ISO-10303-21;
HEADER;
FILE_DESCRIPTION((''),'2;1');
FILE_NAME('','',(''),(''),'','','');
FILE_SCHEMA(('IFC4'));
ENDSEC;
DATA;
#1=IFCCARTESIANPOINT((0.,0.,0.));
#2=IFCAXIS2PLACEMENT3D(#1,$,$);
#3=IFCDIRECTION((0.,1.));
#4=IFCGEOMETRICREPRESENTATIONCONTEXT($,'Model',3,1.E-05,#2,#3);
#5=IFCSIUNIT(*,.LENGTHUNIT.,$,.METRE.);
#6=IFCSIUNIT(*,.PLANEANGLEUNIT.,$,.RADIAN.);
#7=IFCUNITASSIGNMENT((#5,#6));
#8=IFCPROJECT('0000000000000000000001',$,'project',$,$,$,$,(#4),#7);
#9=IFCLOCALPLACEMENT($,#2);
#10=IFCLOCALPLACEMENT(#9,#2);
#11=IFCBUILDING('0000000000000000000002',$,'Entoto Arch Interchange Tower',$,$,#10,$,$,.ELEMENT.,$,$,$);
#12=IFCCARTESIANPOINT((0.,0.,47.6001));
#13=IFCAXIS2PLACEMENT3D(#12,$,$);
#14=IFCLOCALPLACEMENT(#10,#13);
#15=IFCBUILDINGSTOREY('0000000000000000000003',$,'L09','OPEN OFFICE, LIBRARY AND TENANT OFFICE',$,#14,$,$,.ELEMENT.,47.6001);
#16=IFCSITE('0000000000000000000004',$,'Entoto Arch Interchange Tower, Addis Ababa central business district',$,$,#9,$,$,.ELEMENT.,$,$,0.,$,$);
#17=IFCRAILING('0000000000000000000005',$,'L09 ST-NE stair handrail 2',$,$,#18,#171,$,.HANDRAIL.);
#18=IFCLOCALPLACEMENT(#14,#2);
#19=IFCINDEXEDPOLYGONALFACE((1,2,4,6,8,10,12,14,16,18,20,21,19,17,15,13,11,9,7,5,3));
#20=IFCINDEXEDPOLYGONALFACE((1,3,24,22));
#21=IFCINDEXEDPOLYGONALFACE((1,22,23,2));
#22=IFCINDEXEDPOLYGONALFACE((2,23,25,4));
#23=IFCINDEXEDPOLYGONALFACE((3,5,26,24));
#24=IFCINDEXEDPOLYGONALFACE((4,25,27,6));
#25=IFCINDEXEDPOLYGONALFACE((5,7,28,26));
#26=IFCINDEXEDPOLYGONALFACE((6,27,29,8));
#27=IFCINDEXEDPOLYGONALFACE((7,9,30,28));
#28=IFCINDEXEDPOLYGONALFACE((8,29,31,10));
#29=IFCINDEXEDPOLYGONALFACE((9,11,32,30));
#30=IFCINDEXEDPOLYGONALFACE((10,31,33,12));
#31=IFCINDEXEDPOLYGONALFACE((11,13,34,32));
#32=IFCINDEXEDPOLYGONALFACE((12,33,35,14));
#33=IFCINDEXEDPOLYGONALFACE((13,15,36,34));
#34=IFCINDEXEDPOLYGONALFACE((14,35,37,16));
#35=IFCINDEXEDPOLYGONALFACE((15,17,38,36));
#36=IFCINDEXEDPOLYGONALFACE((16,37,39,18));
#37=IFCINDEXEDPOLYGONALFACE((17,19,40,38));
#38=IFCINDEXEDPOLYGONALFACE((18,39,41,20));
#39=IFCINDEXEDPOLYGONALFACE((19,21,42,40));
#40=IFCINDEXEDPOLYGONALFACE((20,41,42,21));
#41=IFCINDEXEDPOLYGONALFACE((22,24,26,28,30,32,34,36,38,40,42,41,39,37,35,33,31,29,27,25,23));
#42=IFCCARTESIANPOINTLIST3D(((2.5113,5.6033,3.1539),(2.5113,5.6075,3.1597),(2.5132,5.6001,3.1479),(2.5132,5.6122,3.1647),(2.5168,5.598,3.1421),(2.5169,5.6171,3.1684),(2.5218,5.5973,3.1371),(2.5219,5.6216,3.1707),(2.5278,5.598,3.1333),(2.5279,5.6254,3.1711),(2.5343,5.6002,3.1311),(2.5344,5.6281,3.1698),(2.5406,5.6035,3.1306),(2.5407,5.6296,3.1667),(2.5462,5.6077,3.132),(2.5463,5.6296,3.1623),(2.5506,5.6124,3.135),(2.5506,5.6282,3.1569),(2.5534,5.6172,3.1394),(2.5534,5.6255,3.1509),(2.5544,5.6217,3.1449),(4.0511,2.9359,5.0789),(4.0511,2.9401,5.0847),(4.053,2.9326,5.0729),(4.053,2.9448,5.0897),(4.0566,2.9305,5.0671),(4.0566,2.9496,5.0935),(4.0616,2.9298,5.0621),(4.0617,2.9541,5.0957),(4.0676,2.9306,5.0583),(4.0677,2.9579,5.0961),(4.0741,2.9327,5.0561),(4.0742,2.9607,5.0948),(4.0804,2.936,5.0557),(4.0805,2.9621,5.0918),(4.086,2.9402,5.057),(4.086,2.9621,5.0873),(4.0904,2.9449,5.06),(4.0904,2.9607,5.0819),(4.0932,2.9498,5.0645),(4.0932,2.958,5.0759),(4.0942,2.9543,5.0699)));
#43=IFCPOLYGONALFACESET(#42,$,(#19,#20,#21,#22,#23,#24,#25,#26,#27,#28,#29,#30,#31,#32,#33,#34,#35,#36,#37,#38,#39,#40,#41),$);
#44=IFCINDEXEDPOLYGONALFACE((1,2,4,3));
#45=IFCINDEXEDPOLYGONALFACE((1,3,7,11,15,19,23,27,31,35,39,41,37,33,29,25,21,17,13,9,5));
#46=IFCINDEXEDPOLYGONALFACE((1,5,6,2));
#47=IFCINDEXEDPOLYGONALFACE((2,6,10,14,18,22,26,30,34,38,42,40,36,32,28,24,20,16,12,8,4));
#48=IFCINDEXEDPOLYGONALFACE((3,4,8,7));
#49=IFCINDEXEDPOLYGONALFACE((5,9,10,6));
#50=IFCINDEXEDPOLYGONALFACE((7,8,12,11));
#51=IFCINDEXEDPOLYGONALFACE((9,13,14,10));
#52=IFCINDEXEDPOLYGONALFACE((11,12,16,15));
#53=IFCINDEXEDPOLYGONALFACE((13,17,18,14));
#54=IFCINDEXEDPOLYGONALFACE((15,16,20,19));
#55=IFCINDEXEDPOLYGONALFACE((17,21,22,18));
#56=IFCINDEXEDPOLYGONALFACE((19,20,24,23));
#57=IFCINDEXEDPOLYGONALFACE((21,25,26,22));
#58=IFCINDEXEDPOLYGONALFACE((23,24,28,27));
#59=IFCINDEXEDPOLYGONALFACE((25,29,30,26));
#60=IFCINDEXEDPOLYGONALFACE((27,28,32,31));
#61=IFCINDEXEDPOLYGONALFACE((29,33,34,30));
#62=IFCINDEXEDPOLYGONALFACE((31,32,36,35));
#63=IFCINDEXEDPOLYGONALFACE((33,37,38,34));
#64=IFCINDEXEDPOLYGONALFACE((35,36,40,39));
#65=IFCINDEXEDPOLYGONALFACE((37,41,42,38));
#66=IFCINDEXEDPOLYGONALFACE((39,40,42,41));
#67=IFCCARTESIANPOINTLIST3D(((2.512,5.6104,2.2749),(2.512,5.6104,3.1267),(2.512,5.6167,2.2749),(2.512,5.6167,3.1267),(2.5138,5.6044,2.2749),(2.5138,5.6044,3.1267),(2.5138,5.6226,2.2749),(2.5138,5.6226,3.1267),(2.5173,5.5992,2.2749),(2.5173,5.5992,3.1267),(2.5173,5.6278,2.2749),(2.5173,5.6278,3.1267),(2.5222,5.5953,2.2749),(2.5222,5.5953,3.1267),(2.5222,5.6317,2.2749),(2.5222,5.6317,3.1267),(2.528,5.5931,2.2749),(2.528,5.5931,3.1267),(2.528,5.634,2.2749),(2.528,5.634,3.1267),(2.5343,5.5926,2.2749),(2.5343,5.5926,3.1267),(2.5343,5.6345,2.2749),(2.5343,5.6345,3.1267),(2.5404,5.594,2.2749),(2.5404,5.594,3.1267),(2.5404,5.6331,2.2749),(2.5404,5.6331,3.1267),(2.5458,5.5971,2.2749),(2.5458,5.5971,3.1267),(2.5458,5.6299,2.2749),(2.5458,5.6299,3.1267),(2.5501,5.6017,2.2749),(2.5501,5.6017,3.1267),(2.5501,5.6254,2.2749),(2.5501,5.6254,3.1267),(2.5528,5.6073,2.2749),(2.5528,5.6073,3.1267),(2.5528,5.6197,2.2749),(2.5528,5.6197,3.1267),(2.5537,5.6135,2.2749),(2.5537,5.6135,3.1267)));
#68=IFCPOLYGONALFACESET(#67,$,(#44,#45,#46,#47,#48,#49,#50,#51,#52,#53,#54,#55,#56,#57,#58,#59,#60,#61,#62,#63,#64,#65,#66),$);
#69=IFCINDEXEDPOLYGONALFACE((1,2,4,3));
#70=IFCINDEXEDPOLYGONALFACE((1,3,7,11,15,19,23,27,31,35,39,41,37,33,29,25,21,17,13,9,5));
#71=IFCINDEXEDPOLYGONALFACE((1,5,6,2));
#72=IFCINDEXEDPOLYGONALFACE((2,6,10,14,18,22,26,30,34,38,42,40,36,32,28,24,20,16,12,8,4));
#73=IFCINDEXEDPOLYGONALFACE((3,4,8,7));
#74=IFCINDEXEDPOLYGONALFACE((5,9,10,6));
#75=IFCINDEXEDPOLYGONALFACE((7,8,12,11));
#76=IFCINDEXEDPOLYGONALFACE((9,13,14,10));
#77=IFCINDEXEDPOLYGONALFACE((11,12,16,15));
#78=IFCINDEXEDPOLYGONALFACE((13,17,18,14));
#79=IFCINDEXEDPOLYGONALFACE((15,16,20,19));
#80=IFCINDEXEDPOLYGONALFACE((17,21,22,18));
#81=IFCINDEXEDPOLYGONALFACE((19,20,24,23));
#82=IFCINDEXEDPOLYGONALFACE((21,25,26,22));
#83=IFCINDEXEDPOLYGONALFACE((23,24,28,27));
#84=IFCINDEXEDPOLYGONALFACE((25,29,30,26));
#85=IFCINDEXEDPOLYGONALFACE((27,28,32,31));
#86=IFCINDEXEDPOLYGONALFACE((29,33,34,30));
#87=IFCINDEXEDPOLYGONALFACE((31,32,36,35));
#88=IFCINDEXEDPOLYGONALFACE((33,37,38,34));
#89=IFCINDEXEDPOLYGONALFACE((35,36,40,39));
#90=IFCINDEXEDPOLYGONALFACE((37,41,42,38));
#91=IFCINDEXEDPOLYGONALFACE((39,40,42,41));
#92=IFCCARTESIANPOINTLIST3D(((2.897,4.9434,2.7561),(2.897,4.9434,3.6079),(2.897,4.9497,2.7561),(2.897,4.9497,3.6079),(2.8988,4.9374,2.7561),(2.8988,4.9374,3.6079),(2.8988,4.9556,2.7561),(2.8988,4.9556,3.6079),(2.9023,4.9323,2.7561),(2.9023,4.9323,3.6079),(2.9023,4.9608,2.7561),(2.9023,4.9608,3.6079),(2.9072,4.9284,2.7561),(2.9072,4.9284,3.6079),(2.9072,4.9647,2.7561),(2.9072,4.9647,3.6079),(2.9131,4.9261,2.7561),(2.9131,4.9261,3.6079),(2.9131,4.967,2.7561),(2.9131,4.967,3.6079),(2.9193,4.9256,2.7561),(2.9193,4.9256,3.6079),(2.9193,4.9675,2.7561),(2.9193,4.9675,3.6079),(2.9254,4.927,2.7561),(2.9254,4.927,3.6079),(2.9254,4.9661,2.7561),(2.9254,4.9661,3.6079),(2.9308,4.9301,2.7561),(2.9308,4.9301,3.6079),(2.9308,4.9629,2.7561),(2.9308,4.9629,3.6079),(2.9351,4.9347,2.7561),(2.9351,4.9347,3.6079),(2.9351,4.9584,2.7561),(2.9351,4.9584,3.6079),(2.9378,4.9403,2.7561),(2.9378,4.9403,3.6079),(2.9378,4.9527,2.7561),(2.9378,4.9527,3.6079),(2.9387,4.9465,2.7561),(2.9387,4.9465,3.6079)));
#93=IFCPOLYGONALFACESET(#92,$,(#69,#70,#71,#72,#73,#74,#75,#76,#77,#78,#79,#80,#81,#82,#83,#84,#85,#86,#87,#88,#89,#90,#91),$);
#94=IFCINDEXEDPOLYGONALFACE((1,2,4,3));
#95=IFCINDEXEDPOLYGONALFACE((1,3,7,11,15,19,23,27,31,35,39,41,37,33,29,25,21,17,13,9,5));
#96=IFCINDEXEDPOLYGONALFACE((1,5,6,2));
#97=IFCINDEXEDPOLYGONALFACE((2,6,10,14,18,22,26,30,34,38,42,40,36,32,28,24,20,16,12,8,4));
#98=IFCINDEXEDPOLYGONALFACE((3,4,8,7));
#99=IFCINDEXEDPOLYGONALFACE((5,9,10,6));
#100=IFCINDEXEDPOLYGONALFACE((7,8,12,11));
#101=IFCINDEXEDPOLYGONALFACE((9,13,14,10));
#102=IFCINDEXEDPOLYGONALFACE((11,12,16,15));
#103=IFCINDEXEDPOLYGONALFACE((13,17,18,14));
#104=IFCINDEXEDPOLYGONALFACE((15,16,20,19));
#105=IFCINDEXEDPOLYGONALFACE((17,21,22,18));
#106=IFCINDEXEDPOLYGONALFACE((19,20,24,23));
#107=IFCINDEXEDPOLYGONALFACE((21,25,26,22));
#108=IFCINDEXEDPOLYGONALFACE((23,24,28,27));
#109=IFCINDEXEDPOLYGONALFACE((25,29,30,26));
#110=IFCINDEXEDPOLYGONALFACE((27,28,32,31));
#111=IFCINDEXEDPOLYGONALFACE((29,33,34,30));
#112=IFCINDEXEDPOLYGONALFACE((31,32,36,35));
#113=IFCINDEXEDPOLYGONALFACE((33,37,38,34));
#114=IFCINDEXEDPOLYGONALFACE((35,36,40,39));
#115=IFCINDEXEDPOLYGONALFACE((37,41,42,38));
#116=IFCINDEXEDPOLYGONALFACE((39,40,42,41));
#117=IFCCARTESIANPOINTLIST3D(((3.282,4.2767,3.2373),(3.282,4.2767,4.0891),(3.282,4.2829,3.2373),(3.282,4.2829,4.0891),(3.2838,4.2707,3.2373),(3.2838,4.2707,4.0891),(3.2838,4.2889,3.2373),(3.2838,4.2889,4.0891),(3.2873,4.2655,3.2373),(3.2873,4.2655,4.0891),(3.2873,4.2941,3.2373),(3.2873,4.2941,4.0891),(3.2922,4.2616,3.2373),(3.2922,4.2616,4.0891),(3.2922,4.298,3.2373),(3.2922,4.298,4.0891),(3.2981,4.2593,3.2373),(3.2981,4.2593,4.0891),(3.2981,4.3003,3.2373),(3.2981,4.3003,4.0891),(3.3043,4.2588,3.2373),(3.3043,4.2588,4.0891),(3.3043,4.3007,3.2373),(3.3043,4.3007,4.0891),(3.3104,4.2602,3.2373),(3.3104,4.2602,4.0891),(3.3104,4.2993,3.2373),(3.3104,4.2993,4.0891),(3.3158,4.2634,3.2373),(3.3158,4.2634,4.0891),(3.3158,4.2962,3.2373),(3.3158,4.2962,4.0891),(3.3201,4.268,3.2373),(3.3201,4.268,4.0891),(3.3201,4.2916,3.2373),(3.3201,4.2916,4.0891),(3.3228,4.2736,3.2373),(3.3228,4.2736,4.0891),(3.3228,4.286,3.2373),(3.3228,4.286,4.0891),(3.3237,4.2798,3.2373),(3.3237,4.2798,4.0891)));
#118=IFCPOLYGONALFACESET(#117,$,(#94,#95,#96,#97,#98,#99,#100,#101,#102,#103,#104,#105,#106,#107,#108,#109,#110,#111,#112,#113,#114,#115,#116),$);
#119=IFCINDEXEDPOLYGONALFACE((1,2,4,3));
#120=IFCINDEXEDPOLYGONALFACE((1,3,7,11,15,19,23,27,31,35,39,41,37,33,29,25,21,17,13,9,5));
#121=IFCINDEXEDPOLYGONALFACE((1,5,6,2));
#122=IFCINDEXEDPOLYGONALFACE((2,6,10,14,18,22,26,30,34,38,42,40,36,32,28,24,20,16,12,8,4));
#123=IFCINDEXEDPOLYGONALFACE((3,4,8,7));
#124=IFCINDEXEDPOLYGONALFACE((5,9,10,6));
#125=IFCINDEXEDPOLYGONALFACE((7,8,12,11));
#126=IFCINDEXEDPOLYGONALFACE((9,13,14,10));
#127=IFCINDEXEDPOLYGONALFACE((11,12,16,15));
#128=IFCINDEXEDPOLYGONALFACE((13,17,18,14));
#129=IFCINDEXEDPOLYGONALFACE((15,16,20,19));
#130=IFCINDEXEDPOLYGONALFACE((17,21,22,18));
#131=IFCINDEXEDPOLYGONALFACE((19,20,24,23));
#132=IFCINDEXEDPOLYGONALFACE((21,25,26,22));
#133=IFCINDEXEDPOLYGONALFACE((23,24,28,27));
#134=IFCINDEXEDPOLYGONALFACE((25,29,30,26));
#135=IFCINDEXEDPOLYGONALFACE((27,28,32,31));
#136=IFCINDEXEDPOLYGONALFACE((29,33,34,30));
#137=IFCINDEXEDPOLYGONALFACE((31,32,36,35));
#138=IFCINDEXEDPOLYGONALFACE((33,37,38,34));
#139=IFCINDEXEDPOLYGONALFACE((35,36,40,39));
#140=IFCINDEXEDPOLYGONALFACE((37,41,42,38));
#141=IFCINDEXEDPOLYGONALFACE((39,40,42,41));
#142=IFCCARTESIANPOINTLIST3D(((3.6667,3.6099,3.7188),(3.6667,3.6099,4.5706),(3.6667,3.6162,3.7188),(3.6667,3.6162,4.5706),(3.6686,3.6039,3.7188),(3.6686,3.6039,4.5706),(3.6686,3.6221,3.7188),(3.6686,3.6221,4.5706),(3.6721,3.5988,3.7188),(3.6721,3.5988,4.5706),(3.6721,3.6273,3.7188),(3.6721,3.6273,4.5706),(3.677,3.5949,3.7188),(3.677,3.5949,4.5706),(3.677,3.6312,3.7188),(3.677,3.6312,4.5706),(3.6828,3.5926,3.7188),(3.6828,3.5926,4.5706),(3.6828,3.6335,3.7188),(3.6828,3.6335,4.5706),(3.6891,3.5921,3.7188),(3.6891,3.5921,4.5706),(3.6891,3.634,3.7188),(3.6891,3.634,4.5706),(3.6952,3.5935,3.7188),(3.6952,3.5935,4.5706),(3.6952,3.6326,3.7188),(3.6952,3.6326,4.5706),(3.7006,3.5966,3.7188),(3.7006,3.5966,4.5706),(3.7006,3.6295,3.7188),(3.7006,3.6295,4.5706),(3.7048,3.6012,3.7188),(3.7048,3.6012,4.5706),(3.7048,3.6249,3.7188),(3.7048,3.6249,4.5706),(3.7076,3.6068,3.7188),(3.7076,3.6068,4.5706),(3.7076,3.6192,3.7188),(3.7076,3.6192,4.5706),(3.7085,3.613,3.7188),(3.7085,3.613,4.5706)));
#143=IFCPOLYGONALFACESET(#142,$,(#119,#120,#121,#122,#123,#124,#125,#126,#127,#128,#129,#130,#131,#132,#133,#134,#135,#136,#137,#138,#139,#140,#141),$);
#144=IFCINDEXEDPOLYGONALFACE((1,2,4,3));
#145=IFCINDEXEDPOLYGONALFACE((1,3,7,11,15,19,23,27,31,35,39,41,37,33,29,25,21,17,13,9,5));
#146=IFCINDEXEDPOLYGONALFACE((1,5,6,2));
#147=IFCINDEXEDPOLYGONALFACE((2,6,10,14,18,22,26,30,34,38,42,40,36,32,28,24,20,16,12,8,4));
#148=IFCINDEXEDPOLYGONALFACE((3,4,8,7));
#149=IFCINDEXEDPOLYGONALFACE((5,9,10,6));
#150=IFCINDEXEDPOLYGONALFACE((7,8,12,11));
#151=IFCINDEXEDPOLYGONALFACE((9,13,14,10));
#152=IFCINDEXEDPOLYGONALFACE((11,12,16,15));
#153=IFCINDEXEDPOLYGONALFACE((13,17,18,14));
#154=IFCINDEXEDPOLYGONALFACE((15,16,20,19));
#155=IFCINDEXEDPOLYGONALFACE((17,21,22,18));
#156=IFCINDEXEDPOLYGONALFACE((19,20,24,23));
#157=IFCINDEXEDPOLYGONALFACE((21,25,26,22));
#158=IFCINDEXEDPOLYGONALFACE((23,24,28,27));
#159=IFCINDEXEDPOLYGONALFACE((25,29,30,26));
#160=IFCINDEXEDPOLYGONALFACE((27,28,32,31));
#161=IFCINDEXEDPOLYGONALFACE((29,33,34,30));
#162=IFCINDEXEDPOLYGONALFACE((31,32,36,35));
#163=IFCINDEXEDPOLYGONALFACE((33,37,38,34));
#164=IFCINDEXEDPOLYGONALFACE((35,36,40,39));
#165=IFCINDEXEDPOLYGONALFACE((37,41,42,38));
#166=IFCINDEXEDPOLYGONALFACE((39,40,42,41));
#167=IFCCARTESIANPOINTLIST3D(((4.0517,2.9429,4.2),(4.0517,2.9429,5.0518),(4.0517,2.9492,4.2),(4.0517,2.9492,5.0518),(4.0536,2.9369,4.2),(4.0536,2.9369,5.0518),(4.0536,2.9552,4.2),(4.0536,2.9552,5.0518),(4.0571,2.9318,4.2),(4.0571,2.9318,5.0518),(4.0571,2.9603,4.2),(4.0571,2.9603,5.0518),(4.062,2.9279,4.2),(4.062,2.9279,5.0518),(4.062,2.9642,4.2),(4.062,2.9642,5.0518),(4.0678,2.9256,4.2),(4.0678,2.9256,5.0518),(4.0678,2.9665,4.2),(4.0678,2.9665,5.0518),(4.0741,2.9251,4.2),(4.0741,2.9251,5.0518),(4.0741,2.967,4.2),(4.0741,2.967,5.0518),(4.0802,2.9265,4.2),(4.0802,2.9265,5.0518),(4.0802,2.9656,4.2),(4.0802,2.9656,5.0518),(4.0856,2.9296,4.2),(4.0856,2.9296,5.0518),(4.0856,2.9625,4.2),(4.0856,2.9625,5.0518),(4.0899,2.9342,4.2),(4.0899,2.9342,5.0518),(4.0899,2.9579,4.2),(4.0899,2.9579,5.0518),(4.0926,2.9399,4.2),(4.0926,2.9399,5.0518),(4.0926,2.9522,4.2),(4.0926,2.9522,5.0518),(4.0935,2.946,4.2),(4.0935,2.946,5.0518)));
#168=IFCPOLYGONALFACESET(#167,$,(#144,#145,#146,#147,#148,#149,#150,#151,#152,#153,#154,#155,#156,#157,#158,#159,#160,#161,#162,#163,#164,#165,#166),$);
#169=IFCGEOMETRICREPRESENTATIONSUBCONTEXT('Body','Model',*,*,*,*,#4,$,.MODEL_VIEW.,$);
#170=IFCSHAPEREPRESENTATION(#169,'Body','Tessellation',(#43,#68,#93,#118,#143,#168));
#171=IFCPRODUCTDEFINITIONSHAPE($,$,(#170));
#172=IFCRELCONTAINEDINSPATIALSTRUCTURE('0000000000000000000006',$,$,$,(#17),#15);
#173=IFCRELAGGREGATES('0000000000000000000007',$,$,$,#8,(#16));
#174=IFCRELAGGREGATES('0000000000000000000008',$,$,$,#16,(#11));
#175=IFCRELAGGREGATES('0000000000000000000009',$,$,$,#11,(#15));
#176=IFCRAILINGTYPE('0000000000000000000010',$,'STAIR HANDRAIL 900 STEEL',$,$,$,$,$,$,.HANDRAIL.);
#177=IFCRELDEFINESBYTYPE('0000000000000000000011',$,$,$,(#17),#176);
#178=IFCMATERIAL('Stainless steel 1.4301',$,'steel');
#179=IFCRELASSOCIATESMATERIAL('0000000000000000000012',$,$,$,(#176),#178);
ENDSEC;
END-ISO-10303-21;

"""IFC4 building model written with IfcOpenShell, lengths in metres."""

from ifc_helpers import new_model, si_unit, direction, frame, origin, origin_2d, place, context, subcontext, project, spatial, circle, extrude, material, type_object, element, save


model = new_model("IFC4")

# Units and contexts
model_context = context("Model", 3, precision=1e-05, world=origin(), true_north=direction((0.0, 1.0)))
body_context = subcontext(model_context, "Body", "Model", "MODEL_VIEW")
ifc_project = project(units=[si_unit("LENGTHUNIT", "METRE"), si_unit("PLANEANGLEUNIT", "RADIAN")], contexts=[model_context])

# Site, building, storey
site_placement = place(None, origin())
site = spatial("IfcSite", under=ifc_project, at=site_placement, Name="Entoto Arch Interchange Tower, Addis Ababa central business district", CompositionType="ELEMENT", RefElevation=0.0)
building_placement = place(site_placement, origin())
building = spatial("IfcBuilding", under=site, at=building_placement, Name="Entoto Arch Interchange Tower", CompositionType="ELEMENT")
storey_placement = place(building_placement, frame((0.0, 0.0, 47.6001)))
storey = spatial("IfcBuildingStorey", under=building, at=storey_placement, Name="L09", Description="OPEN OFFICE, LIBRARY AND TENANT OFFICE", CompositionType="ELEMENT", Elevation=47.6001)

# Railing
ifc_material_1 = material(Name="Stainless steel 1.4301", Category="steel")
railing_type_1 = type_object("IfcRailingType", Name="STAIR HANDRAIL 900 STEEL", PredefinedType="HANDRAIL", material=ifc_material_1)
railing_1_placement = place(storey_placement, frame((2.5327, 5.6135, 2.2749)))
element("IfcRailing", 1, at=railing_1_placement, inside=storey, type_object=railing_type_1, Name="L09 ST-NE stair handrail 2", PredefinedType="HANDRAIL", context=body_context, shape_type="SweptSolid", body=[
    extrude(circle(Radius=0.0239, at=origin_2d()), frame((0.0, 0.0, 0.876), z_axis=(0.423939, -0.734416, 0.530008), x_axis=(0.866064, 0.499933, 0.0)), (0.0, 0.0, 1.0), 3.6321),
    extrude(circle(Radius=0.021, at=origin_2d()), origin(), (0.0, 0.0, 1.0), 0.8518),
    extrude(circle(Radius=0.021, at=origin_2d()), frame((0.385, -0.667, 0.4812)), (0.0, 0.0, 1.0), 0.8518),
    extrude(circle(Radius=0.021, at=origin_2d()), frame((0.77, -1.3337, 0.9624)), (0.0, 0.0, 1.0), 0.8518),
    extrude(circle(Radius=0.021, at=origin_2d()), frame((1.1548, -2.0005, 1.4438)), (0.0, 0.0, 1.0), 0.8518),
    extrude(circle(Radius=0.021, at=origin_2d()), frame((1.5398, -2.6675, 1.925)), (0.0, 0.0, 1.0), 0.8518),
])

save(model, "model.ifc")
